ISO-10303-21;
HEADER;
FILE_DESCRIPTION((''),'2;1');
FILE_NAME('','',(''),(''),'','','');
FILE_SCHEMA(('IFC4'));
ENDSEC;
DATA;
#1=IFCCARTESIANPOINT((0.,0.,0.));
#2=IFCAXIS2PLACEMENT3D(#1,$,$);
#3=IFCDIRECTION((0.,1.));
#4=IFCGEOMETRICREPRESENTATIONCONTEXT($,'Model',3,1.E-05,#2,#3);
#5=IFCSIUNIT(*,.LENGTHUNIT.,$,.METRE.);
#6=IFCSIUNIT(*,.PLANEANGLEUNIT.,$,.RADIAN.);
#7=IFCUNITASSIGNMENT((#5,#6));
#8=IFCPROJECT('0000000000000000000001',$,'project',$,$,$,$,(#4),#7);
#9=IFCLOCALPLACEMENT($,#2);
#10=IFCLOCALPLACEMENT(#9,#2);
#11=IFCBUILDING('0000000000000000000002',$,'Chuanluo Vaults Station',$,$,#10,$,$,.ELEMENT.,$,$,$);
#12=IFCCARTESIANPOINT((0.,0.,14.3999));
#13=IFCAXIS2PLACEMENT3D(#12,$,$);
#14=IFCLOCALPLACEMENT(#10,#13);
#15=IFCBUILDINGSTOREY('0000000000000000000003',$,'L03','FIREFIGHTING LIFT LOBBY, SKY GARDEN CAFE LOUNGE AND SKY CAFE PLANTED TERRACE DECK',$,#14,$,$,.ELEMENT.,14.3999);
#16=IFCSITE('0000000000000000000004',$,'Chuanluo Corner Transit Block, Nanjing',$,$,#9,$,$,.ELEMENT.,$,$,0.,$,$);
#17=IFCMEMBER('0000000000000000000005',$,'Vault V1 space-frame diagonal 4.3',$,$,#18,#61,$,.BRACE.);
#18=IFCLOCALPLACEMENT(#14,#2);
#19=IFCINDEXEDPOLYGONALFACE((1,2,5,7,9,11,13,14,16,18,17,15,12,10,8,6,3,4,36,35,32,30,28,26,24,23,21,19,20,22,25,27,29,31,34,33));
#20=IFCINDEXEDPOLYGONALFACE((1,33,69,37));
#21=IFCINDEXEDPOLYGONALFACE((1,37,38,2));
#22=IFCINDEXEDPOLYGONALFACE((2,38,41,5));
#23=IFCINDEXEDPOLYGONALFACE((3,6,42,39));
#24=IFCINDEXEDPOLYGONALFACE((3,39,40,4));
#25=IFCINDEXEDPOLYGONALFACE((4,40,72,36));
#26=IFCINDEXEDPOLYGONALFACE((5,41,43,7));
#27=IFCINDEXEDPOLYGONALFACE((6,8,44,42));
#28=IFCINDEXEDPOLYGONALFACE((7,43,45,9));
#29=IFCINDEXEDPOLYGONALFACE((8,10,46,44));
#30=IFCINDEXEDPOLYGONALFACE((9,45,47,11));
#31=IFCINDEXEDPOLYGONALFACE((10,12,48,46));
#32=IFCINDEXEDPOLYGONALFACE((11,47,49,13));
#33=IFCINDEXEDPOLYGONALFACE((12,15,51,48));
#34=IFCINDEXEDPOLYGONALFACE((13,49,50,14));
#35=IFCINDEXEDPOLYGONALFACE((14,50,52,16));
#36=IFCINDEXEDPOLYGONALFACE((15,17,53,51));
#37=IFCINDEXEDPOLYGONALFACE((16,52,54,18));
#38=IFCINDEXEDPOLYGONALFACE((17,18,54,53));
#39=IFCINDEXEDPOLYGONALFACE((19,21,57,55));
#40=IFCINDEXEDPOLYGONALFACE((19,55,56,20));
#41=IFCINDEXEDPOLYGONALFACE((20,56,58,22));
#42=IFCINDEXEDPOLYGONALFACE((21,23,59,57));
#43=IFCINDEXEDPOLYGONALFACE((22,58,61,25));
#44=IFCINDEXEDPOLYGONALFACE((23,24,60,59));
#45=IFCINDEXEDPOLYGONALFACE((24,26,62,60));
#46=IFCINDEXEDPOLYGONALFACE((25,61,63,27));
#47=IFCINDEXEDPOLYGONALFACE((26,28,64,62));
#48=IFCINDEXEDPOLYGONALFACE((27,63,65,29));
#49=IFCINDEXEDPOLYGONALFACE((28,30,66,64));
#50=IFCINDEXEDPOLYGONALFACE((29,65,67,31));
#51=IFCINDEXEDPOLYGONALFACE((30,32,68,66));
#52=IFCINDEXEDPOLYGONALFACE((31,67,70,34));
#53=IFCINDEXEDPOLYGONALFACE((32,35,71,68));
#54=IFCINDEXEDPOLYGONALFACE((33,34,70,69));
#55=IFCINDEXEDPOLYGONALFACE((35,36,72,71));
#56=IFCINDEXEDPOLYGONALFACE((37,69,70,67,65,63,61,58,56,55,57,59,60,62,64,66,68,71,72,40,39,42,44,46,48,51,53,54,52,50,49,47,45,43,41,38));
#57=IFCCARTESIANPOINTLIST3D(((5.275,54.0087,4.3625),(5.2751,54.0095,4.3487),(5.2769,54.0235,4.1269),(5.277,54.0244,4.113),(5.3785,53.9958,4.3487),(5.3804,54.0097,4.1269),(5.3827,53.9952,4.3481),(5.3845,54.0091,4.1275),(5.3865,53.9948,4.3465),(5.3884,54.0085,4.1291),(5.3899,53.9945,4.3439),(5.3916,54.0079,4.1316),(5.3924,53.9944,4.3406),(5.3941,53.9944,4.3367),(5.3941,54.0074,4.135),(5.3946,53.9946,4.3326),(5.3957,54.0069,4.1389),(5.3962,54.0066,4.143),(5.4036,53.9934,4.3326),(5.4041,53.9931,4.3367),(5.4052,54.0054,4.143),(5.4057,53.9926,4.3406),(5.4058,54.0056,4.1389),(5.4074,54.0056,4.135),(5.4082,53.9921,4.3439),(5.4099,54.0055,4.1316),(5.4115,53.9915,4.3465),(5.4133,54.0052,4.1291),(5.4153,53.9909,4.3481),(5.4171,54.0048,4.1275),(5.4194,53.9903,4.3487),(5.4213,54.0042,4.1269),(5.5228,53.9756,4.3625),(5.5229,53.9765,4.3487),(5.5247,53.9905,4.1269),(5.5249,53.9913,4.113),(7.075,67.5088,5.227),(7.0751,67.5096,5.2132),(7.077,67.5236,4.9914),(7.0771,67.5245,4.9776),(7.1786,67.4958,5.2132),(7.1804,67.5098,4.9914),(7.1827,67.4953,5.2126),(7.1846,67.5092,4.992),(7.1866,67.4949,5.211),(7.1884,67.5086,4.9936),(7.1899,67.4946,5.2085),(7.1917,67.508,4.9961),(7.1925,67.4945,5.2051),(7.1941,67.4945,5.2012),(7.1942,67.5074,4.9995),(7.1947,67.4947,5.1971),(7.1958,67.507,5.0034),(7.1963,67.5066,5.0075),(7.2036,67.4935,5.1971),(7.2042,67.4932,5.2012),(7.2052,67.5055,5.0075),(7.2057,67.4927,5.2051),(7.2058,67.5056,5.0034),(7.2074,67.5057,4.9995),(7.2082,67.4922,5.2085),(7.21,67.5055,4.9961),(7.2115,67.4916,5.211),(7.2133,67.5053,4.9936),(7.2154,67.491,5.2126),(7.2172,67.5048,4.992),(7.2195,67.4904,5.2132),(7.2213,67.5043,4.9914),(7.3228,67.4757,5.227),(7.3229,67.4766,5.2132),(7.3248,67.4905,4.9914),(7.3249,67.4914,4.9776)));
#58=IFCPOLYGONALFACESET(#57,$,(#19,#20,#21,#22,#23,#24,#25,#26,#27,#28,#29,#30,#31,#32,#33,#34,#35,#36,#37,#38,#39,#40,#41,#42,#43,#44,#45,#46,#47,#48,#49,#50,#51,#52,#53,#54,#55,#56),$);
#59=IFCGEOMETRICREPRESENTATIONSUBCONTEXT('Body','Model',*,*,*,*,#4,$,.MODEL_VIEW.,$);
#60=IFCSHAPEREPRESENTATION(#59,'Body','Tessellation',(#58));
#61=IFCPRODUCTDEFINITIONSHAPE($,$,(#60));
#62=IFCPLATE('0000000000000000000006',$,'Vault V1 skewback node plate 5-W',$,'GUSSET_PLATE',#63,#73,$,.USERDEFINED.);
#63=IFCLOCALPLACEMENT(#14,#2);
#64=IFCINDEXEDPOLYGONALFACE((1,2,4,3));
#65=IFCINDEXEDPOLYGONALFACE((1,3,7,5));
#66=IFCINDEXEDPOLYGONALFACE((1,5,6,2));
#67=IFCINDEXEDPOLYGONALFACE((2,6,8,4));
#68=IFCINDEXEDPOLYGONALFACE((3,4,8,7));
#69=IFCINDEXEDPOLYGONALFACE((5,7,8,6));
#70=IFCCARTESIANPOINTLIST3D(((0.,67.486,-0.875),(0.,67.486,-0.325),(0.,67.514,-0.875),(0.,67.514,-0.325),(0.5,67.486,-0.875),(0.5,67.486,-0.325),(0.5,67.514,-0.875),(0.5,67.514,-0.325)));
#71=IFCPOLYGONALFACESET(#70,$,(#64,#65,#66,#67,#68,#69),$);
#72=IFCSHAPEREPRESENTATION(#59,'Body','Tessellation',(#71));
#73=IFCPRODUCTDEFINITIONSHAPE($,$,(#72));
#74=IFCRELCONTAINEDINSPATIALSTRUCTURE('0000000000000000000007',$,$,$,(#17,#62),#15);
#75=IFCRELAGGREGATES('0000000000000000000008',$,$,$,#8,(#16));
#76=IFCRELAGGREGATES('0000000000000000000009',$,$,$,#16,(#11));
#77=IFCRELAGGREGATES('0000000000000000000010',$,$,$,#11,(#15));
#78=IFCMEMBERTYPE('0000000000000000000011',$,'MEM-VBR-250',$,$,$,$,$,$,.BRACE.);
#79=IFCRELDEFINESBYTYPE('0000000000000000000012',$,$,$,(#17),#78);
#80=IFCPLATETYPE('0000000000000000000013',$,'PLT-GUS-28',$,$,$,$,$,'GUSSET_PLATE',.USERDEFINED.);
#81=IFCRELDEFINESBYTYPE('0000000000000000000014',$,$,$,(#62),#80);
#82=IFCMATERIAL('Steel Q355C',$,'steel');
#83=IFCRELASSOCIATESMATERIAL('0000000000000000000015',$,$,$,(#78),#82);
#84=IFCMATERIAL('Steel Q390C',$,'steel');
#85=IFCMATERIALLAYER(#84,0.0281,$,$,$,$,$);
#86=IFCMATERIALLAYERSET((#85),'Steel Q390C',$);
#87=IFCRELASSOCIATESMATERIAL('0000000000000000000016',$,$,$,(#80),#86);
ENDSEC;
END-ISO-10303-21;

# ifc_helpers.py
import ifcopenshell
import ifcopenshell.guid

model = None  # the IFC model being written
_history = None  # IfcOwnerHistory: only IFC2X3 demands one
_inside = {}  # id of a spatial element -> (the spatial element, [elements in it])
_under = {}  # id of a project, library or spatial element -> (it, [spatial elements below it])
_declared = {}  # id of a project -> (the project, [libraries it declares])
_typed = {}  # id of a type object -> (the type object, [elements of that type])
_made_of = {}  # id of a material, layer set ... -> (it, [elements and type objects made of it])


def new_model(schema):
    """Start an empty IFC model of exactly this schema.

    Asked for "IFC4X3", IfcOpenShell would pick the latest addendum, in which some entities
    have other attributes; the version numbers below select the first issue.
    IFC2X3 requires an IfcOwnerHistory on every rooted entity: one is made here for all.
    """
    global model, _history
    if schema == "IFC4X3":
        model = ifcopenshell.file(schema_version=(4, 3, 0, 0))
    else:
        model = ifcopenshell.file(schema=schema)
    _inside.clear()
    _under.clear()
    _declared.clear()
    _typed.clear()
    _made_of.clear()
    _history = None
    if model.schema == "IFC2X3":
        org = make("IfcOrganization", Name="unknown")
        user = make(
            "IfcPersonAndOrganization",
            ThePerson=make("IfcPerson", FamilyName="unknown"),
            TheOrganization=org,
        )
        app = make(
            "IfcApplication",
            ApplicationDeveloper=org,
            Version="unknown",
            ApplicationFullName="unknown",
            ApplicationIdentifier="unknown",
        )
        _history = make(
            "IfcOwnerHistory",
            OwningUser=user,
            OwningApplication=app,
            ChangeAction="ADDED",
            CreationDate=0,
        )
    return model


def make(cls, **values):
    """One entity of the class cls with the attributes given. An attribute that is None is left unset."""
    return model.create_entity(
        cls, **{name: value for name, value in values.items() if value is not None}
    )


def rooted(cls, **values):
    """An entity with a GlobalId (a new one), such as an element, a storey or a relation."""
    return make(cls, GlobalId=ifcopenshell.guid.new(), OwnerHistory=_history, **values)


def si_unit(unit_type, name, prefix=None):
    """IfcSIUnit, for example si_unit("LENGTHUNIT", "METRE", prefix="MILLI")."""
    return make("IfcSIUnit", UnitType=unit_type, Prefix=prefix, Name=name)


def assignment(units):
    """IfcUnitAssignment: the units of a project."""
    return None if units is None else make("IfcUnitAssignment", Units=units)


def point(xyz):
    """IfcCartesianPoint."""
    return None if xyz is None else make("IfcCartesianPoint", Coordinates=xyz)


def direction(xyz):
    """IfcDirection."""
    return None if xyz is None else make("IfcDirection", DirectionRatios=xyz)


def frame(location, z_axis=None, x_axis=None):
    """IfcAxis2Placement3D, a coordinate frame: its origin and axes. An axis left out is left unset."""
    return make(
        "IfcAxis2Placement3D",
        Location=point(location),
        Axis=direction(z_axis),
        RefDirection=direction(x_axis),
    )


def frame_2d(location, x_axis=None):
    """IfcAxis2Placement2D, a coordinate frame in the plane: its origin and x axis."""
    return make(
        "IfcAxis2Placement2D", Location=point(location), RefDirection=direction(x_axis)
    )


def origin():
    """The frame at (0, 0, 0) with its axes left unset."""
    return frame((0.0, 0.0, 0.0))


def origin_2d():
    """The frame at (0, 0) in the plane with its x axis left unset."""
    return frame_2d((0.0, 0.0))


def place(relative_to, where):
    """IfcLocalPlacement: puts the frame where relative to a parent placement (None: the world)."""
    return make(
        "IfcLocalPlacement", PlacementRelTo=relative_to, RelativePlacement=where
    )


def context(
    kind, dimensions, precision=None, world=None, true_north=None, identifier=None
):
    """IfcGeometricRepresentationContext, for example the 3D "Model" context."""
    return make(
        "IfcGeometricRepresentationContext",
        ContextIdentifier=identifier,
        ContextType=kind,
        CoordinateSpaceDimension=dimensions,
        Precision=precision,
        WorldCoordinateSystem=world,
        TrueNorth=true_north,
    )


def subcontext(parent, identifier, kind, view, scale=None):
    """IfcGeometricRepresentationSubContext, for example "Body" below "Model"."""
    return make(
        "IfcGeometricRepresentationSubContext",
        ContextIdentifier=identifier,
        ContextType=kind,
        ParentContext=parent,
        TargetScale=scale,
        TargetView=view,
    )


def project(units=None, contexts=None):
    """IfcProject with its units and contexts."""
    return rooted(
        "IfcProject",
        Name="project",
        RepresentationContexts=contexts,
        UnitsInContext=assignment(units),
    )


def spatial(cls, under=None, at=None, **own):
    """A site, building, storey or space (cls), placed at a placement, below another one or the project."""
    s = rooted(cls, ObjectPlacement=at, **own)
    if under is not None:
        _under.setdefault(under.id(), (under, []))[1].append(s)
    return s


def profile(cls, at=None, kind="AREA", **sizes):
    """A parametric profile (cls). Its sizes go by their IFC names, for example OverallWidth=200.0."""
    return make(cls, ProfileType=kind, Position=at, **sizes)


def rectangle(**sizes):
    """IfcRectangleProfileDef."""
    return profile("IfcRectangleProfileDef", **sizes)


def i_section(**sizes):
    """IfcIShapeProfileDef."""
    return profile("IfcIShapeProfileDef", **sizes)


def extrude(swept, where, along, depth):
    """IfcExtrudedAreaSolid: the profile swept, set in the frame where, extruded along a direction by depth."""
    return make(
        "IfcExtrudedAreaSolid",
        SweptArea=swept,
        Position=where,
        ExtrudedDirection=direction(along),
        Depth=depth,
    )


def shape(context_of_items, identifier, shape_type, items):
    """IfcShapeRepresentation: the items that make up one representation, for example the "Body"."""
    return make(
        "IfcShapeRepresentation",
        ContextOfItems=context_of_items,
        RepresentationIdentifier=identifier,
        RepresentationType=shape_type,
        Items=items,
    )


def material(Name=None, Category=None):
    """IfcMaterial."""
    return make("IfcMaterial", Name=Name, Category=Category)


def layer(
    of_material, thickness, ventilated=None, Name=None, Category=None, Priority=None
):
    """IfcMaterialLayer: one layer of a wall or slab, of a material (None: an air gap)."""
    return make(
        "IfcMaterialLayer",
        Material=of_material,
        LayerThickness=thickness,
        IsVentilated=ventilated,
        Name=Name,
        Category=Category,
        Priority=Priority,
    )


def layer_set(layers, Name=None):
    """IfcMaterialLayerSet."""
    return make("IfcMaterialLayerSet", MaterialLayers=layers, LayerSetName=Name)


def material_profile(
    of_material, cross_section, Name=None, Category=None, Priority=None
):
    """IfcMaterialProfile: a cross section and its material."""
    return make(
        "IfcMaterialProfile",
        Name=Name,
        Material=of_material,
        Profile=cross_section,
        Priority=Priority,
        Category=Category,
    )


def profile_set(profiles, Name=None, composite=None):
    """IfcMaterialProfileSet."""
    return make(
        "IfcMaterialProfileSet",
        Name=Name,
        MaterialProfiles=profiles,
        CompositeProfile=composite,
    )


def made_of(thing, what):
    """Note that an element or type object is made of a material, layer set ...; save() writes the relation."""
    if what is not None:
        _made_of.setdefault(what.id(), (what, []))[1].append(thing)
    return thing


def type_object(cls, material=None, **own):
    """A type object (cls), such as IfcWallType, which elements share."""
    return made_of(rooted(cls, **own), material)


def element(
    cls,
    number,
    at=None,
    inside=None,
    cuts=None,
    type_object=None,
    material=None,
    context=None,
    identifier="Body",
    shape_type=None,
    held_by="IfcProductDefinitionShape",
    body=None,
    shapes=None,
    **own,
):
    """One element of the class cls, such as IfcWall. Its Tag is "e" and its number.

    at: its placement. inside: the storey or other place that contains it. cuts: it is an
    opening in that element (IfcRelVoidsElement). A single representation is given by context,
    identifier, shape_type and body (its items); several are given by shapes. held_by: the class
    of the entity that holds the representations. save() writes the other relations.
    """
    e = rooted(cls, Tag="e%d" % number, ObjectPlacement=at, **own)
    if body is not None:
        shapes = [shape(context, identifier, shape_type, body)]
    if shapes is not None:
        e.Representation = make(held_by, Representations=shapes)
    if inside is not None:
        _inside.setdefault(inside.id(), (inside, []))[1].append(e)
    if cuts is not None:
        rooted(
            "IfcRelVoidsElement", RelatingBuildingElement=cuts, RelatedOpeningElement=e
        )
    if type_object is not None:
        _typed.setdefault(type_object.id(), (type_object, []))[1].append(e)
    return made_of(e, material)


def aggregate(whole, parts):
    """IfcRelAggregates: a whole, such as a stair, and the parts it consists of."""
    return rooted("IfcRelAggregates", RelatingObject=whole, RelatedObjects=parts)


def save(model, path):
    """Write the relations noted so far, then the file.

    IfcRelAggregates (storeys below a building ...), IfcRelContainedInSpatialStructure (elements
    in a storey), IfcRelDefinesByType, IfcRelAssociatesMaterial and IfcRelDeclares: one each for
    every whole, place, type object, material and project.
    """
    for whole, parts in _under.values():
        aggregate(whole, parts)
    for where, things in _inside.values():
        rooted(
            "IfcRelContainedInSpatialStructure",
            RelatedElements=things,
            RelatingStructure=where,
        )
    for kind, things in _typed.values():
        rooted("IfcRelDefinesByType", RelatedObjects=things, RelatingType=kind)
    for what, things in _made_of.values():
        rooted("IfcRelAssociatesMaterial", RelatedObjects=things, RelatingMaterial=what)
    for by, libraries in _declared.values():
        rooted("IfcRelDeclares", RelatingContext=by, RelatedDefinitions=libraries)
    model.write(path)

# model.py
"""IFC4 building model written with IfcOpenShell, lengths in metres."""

from ifc_helpers import new_model, si_unit, direction, frame, origin, origin_2d, place, context, subcontext, project, spatial, rectangle, i_section, extrude, material, layer, layer_set, material_profile, profile_set, type_object, element, save


model = new_model("IFC4")

# Units and contexts
model_context = context("Model", 3, precision=1e-05, world=origin(), true_north=direction((0.0, 1.0)))
body_context = subcontext(model_context, "Body", "Model", "MODEL_VIEW")
ifc_project = project(units=[si_unit("LENGTHUNIT", "METRE"), si_unit("PLANEANGLEUNIT", "RADIAN")], contexts=[model_context])

# Site, building, storey
site_placement = place(None, origin())
site = spatial("IfcSite", under=ifc_project, at=site_placement, Name="Chuanluo Corner Transit Block, Nanjing", CompositionType="ELEMENT", RefElevation=0.0)
building_placement = place(site_placement, origin())
building = spatial("IfcBuilding", under=site, at=building_placement, Name="Chuanluo Vaults Station", CompositionType="ELEMENT")
storey_placement = place(building_placement, frame((0.0, 0.0, 14.3999)))
storey = spatial("IfcBuildingStorey", under=building, at=storey_placement, Name="L03", Description="FIREFIGHTING LIFT LOBBY, SKY GARDEN CAFE LOUNGE AND SKY CAFE PLANTED TERRACE DECK", CompositionType="ELEMENT", Elevation=14.3999)

# Member
ifc_material_1 = material(Name="Steel Q355C", Category="steel")
ifc_material_profile_1 = material_profile(ifc_material_1, i_section(OverallWidth=0.25, OverallDepth=0.25, WebThickness=0.009, FlangeThickness=0.0139, FilletRadius=0.0161, at=origin_2d()))
ifc_profile_set_1 = profile_set([ifc_material_profile_1], Name="Steel Q355C")
member_type_1 = type_object("IfcMemberType", Name="MEM-VBR-250", PredefinedType="BRACE", material=ifc_profile_set_1)
member_1_placement = place(storey_placement, frame((5.3999, 54.0, 4.2378), z_axis=(0.131902, 0.989237, 0.063348), x_axis=(-0.991227, 0.132167, 0.0)))
element("IfcMember", 1, at=member_1_placement, inside=storey, type_object=member_type_1, Name="Vault V1 space-frame diagonal 4.3", PredefinedType="BRACE", context=body_context, shape_type="SweptSolid", body=[
    extrude(i_section(OverallWidth=0.25, OverallDepth=0.25, WebThickness=0.009, FlangeThickness=0.0139, FilletRadius=0.0161, at=origin_2d()), origin(), (0.0, 0.0, 1.0), 13.647),
])

# Plate
ifc_material_2 = material(Name="Steel Q390C", Category="steel")
ifc_layer = layer(ifc_material_2, 0.0281)
ifc_layer_set = layer_set([ifc_layer], Name="Steel Q390C")
plate_type = type_object("IfcPlateType", Name="PLT-GUS-28", ElementType="GUSSET_PLATE", PredefinedType="USERDEFINED", material=ifc_layer_set)
plate_placement = place(storey_placement, frame((0.25, 67.5, -0.875), z_axis=(0.0, 0.0, 1.0), x_axis=(1.0, 0.0, 0.0)))
element("IfcPlate", 2, at=plate_placement, inside=storey, type_object=plate_type, Name="Vault V1 skewback node plate 5-W", ObjectType="GUSSET_PLATE", PredefinedType="USERDEFINED", context=body_context, shape_type="SweptSolid", body=[
    extrude(rectangle(XDim=0.5, YDim=0.0281, at=origin_2d()), origin(), (0.0, 0.0, 1.0), 0.55),
])

save(model, "model.ifc")
